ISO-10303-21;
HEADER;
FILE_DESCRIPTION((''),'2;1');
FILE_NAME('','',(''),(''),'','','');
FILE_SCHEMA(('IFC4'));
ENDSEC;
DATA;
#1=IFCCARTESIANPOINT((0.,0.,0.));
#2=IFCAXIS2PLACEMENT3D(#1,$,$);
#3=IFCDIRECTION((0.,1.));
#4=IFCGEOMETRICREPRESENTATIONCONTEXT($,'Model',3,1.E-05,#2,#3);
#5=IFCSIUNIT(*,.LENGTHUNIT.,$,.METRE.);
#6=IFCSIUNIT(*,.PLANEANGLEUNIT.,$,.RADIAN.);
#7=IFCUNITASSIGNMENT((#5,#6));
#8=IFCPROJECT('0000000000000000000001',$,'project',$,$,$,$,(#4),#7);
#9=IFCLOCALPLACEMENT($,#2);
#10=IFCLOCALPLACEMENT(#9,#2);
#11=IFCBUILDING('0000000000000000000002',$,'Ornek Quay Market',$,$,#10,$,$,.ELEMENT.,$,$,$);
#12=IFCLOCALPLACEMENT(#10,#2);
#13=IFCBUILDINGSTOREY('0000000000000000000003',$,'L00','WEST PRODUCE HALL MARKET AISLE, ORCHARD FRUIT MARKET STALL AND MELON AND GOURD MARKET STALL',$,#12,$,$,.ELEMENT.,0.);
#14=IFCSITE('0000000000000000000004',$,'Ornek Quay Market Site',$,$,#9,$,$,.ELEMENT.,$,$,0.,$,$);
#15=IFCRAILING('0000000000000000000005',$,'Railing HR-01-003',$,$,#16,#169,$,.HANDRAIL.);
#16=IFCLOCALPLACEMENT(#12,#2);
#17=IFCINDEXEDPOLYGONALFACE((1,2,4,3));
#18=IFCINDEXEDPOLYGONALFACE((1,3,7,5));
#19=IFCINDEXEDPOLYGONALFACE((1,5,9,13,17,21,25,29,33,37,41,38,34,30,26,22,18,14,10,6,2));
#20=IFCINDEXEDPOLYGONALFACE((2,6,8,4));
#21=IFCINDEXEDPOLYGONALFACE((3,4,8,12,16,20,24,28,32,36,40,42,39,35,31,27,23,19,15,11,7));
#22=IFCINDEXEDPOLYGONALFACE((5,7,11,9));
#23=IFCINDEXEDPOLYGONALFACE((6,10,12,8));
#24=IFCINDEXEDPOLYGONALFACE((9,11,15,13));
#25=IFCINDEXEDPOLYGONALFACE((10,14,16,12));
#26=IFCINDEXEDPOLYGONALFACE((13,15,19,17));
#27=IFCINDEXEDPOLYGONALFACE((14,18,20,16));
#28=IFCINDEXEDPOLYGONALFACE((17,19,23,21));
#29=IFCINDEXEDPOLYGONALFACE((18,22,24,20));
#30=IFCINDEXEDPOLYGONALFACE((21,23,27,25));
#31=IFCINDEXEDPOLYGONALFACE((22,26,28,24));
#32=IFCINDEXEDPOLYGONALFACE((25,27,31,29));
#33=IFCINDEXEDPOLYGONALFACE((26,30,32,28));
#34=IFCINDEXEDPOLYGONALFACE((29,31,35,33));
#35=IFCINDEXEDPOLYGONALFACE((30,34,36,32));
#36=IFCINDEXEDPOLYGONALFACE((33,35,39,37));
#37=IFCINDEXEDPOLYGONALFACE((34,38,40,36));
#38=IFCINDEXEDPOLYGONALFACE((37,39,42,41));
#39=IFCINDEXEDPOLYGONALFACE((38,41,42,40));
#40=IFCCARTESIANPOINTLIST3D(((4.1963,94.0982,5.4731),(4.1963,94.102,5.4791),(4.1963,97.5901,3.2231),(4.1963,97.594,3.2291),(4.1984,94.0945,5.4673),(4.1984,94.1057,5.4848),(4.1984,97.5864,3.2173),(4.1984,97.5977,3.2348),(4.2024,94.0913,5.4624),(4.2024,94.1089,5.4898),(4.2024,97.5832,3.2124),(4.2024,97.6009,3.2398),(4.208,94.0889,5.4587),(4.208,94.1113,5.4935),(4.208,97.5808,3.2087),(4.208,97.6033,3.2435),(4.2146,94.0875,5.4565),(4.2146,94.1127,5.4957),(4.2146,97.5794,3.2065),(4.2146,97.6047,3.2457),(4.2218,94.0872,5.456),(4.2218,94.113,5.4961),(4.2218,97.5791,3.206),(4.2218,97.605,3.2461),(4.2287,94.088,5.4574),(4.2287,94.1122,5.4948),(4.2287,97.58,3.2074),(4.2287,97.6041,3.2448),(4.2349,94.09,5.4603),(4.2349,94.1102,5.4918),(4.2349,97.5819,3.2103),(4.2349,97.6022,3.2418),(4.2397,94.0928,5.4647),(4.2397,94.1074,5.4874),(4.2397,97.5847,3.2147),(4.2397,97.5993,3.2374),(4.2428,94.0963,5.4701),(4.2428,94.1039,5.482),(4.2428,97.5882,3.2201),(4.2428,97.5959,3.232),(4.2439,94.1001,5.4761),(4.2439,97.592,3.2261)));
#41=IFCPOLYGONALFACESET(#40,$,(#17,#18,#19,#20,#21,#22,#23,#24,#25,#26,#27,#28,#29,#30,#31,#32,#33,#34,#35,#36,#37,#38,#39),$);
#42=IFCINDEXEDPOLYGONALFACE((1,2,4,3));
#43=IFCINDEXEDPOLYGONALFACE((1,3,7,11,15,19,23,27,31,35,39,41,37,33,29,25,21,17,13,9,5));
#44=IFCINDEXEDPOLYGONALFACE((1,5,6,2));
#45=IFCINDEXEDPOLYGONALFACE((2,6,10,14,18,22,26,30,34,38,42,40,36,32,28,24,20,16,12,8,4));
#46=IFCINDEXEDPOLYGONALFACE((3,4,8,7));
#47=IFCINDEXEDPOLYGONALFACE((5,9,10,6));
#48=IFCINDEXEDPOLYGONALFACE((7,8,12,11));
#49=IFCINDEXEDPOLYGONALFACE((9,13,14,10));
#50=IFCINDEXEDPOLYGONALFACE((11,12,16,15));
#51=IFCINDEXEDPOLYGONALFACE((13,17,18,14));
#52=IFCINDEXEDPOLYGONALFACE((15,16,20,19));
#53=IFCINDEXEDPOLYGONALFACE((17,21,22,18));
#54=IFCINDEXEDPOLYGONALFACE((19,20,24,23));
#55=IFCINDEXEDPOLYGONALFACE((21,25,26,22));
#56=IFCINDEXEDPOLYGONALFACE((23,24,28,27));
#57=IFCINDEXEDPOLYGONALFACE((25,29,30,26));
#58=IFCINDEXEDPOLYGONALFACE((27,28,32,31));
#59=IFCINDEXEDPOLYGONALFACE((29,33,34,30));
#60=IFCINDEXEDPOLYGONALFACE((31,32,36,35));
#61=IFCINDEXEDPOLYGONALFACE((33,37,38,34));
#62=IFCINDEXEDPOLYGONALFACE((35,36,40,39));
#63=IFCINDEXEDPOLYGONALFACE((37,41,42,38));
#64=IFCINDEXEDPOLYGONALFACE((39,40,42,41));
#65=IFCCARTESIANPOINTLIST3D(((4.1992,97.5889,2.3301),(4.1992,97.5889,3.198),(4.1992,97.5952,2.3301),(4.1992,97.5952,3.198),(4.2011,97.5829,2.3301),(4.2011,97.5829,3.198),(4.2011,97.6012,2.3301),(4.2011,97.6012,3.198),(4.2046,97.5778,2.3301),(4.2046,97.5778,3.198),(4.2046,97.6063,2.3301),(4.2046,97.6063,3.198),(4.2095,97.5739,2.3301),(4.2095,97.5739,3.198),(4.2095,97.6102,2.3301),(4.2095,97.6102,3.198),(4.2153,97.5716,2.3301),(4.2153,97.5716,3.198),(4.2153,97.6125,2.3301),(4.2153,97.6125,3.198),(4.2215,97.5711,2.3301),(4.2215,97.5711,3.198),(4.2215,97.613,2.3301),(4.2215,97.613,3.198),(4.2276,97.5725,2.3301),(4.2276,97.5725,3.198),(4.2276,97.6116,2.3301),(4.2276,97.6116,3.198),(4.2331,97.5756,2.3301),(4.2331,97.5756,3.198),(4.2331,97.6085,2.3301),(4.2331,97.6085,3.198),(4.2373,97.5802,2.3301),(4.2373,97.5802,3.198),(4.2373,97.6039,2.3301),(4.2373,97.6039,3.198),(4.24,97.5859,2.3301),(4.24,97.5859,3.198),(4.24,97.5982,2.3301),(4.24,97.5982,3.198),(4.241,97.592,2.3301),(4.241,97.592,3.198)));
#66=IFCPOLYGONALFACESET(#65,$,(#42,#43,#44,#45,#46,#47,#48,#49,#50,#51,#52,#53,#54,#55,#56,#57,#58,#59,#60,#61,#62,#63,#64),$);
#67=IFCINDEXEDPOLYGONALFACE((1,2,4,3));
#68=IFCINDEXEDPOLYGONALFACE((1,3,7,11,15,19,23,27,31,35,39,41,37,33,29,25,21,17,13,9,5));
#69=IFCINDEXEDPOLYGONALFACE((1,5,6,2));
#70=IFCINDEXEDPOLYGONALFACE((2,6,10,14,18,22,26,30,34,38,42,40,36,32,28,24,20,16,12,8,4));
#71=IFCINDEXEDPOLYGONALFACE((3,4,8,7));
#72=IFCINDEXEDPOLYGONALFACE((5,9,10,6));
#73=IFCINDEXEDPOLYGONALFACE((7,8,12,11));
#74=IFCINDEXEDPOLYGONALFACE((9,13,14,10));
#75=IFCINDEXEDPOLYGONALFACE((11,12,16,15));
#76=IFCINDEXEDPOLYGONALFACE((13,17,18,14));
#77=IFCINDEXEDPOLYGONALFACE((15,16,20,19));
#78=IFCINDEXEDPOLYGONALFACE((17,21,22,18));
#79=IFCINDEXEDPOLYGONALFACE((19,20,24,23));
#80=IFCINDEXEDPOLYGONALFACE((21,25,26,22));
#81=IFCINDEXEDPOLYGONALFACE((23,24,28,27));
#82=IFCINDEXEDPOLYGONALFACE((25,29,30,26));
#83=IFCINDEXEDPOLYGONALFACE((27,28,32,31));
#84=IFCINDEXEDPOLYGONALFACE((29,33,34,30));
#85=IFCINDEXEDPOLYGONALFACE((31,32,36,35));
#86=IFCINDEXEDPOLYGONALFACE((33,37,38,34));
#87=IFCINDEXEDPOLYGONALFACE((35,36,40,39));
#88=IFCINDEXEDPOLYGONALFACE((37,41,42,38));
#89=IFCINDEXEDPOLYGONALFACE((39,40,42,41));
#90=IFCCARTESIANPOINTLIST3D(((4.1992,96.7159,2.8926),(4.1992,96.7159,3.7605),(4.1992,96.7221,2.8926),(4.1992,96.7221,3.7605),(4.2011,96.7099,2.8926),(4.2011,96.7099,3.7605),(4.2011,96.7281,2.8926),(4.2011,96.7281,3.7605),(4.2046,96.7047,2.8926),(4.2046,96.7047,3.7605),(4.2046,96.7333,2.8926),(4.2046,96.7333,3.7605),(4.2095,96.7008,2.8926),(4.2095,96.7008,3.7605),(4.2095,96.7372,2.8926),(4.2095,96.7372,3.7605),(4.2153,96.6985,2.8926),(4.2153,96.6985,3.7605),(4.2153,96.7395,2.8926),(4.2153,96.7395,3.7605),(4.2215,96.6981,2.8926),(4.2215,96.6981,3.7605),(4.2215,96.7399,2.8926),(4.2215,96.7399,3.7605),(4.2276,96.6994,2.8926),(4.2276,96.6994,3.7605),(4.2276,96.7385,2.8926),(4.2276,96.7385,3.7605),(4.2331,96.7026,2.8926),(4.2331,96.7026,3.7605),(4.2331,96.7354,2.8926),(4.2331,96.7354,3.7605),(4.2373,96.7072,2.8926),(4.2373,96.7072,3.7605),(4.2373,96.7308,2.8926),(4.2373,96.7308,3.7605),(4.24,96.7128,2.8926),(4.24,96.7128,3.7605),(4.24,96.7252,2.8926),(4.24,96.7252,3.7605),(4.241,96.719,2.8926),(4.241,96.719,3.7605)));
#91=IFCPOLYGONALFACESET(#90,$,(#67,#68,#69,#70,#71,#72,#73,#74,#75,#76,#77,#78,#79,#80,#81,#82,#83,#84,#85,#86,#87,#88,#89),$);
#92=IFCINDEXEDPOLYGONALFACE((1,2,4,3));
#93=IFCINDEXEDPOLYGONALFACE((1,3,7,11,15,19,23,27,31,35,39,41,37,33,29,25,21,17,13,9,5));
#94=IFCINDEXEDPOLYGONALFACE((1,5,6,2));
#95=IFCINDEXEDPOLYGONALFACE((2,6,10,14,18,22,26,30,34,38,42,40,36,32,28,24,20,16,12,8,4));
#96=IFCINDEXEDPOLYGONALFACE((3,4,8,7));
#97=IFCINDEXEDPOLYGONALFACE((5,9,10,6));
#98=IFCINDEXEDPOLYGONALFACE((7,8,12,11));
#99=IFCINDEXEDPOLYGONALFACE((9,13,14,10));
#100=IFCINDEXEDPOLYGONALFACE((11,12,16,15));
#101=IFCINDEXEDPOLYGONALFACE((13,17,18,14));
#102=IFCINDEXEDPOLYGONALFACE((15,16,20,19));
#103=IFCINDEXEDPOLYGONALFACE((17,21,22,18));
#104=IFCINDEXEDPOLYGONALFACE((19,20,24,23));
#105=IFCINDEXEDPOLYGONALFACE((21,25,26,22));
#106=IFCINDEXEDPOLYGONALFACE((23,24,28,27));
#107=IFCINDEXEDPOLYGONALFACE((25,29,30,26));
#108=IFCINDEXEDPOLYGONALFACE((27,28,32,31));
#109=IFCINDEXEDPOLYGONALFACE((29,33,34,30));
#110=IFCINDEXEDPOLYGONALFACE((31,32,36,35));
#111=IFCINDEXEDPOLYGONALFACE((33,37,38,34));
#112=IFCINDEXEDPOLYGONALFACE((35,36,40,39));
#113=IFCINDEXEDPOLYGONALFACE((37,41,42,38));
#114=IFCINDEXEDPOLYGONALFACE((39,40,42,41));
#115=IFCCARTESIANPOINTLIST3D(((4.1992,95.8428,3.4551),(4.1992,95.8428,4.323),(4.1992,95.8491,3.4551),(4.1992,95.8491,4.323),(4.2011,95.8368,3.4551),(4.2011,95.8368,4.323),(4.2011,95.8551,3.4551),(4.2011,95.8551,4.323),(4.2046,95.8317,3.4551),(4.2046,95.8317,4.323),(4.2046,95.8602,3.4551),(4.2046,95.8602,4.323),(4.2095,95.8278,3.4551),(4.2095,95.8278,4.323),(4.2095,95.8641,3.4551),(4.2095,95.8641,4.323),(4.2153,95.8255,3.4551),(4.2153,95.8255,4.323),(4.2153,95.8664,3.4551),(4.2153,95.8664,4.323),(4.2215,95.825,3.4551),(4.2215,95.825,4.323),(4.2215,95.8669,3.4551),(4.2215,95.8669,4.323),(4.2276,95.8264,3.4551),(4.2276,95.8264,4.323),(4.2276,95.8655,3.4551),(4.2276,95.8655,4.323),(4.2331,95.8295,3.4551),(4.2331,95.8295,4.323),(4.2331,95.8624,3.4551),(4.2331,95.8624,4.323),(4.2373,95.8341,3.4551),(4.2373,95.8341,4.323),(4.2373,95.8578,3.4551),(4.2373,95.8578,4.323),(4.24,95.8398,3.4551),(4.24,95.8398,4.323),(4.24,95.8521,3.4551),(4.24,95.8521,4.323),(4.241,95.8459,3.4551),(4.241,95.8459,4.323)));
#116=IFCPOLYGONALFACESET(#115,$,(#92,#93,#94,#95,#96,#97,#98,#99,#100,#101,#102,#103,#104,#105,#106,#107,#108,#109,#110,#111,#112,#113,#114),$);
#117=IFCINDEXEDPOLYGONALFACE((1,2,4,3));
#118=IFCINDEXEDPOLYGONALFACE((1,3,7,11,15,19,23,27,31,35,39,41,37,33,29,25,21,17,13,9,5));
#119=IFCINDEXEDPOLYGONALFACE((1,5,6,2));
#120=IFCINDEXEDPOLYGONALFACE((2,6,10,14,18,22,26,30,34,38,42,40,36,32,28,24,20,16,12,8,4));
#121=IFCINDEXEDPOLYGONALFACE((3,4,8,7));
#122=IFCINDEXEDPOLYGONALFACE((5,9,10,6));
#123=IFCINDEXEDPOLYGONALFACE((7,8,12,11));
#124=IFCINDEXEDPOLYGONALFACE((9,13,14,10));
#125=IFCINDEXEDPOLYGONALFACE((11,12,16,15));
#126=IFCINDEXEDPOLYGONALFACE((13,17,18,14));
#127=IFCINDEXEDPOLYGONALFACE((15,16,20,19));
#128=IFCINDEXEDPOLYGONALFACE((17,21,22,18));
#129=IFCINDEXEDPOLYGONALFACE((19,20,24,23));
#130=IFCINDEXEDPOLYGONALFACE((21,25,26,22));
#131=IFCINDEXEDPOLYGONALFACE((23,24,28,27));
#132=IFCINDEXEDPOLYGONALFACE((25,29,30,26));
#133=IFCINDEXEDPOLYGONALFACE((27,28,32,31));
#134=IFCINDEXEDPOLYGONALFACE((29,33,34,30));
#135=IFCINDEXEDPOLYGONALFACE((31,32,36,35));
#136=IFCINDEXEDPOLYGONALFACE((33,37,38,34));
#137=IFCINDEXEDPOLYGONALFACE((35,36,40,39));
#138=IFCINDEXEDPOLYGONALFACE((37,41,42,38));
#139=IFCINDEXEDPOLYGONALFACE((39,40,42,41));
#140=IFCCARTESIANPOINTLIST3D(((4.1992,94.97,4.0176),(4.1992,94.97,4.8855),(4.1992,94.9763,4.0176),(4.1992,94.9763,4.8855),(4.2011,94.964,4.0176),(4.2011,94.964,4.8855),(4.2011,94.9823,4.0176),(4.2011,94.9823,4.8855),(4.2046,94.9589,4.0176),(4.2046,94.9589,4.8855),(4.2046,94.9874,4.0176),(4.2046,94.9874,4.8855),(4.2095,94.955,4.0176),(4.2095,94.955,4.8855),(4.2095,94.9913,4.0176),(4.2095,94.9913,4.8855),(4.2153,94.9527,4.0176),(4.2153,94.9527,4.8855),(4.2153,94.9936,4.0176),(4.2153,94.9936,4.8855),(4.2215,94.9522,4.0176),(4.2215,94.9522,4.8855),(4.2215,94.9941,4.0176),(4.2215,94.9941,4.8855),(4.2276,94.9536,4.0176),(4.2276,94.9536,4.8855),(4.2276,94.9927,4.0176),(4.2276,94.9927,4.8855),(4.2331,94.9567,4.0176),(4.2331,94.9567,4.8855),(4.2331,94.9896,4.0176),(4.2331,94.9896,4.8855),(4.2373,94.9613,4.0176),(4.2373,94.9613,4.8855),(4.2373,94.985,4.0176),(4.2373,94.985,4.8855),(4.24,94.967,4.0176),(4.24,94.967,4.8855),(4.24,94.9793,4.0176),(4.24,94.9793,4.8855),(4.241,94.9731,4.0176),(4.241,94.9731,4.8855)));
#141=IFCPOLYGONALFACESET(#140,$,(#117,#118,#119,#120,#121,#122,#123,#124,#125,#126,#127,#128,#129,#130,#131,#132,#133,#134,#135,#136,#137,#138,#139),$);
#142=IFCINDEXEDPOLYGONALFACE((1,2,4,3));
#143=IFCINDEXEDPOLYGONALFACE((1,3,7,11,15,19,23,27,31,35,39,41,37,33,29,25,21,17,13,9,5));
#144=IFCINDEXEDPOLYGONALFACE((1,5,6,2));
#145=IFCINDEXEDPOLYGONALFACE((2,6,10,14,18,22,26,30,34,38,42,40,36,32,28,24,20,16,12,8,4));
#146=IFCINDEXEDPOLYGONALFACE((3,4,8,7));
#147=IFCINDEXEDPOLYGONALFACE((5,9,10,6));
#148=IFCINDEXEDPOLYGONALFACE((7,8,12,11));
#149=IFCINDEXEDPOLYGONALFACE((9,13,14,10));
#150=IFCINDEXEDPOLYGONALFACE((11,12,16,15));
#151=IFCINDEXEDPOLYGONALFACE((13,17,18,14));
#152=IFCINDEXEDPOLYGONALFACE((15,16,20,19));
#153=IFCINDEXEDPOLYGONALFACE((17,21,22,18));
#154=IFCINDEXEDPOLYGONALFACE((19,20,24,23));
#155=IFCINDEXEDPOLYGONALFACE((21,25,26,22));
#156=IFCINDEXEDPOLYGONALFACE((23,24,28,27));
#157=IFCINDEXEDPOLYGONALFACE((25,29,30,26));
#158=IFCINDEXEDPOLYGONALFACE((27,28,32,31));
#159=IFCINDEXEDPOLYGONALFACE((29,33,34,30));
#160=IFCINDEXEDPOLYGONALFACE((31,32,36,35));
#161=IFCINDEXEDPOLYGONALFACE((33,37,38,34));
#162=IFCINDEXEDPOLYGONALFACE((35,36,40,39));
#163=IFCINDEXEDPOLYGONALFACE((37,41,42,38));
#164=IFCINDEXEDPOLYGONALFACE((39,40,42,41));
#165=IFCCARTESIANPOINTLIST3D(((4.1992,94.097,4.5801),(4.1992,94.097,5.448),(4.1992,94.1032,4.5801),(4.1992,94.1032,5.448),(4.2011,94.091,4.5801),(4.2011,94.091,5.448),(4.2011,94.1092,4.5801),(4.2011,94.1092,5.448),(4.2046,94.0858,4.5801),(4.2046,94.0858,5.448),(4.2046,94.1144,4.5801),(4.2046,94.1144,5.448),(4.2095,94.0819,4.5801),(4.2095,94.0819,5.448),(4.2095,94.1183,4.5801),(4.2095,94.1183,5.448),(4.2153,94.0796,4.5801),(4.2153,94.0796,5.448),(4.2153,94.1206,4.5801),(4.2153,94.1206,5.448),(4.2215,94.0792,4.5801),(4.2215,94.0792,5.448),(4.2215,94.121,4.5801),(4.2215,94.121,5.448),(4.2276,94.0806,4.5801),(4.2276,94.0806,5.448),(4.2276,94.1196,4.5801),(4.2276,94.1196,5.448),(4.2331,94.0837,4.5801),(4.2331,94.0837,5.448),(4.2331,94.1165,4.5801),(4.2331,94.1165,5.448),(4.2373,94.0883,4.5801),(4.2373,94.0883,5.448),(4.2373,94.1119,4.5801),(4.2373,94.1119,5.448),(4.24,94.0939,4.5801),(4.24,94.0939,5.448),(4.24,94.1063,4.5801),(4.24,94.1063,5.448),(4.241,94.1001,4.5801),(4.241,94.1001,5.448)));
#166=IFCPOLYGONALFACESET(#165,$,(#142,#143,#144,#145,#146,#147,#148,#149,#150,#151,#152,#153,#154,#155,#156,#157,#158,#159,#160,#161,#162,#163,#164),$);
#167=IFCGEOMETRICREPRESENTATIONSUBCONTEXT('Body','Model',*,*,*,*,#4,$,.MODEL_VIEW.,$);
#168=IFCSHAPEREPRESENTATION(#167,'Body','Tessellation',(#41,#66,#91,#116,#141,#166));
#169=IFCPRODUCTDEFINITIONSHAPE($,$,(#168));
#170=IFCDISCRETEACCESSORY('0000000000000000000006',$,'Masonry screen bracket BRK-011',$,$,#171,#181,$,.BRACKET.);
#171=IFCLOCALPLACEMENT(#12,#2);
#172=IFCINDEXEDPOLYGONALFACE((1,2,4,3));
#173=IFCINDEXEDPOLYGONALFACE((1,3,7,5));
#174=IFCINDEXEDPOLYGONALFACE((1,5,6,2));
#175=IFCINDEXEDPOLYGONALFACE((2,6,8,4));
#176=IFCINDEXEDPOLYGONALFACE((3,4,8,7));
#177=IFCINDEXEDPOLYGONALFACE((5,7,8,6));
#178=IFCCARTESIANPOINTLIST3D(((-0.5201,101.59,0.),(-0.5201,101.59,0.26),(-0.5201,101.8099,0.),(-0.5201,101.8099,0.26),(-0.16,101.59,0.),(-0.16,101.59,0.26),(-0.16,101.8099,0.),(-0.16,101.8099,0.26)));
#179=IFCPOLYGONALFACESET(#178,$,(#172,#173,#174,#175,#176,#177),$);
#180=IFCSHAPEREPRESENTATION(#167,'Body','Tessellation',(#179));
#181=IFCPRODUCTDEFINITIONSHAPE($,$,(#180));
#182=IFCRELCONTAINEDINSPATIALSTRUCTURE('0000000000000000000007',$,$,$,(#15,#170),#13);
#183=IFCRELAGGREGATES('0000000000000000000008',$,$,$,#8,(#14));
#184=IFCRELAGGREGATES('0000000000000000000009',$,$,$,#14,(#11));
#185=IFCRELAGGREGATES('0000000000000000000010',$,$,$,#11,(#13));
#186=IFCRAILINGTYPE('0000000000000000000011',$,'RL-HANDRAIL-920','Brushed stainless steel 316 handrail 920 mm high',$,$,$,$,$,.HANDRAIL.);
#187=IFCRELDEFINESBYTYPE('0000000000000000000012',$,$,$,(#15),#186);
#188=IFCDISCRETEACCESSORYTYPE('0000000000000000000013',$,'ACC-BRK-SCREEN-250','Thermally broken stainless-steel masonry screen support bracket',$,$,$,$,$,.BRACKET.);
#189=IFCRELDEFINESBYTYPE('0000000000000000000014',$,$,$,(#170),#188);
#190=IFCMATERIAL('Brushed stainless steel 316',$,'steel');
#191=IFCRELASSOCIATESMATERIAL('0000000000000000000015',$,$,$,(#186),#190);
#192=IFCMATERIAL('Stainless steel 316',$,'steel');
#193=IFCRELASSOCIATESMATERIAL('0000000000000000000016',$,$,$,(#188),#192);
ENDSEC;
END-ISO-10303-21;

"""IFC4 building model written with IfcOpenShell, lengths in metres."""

from ifc_helpers import new_model, si_unit, direction, frame, origin, origin_2d, place, context, subcontext, project, spatial, rectangle, circle, extrude, material, type_object, element, save


model = new_model("IFC4")

# Units and contexts
model_context = context("Model", 3, precision=1e-05, world=origin(), true_north=direction((0.0, 1.0)))
body_context = subcontext(model_context, "Body", "Model", "MODEL_VIEW")
ifc_project = project(units=[si_unit("LENGTHUNIT", "METRE"), si_unit("PLANEANGLEUNIT", "RADIAN")], contexts=[model_context])

# Site, building, storey
site_placement = place(None, origin())
site = spatial("IfcSite", under=ifc_project, at=site_placement, Name="Ornek Quay Market Site", CompositionType="ELEMENT", RefElevation=0.0)
building_placement = place(site_placement, origin())
building = spatial("IfcBuilding", under=site, at=building_placement, Name="Ornek Quay Market", CompositionType="ELEMENT")
storey_placement = place(building_placement, origin())
storey = spatial("IfcBuildingStorey", under=building, at=storey_placement, Name="L00", Description="WEST PRODUCE HALL MARKET AISLE, ORCHARD FRUIT MARKET STALL AND MELON AND GOURD MARKET STALL", CompositionType="ELEMENT", Elevation=0.0)

# Railing
ifc_material_1 = material(Name="Brushed stainless steel 316", Category="steel")
railing_type_1 = type_object("IfcRailingType", Name="RL-HANDRAIL-920", Description="Brushed stainless steel 316 handrail 920 mm high", PredefinedType="HANDRAIL", material=ifc_material_1)
railing_1_placement = place(storey_placement, frame((4.22, 97.592, 2.3301)))
element("IfcRailing", 1, at=railing_1_placement, inside=storey, type_object=railing_type_1, Name="Railing HR-01-003", PredefinedType="HANDRAIL", context=body_context, shape_type="SweptSolid", body=[
    extrude(circle(Radius=0.0239, at=origin_2d()), frame((0.0, 0.0, 0.896), z_axis=(0.0, -0.840611, 0.54164), x_axis=(1.0, 0.0, 0.0)), (0.0, 0.0, 1.0), 4.1541),
    extrude(circle(Radius=0.021, at=origin_2d()), origin(), (0.0, 0.0, 1.0), 0.8679),
    extrude(circle(Radius=0.021, at=origin_2d()), frame((0.0, -0.873, 0.5625)), (0.0, 0.0, 1.0), 0.8679),
    extrude(circle(Radius=0.021, at=origin_2d()), frame((0.0, -1.7461, 1.125)), (0.0, 0.0, 1.0), 0.8679),
    extrude(circle(Radius=0.021, at=origin_2d()), frame((0.0, -2.6189, 1.6875)), (0.0, 0.0, 1.0), 0.8679),
    extrude(circle(Radius=0.021, at=origin_2d()), frame((0.0, -3.4919, 2.25)), (0.0, 0.0, 1.0), 0.8679),
])

# Discrete accessory
ifc_material_2 = material(Name="Stainless steel 316", Category="steel")
discrete_accessory_type = type_object("IfcDiscreteAccessoryType", Name="ACC-BRK-SCREEN-250", Description="Thermally broken stainless-steel masonry screen support bracket", PredefinedType="BRACKET", material=ifc_material_2)
discrete_accessory_placement = place(storey_placement, frame((-0.3401, 101.7, 0.0), z_axis=(0.0, 0.0, 1.0), x_axis=(0.0, 1.0, 0.0)))
element("IfcDiscreteAccessory", 2, at=discrete_accessory_placement, inside=storey, type_object=discrete_accessory_type, Name="Masonry screen bracket BRK-011", PredefinedType="BRACKET", context=body_context, shape_type="SweptSolid", body=[
    extrude(rectangle(XDim=0.22, YDim=0.3601, at=origin_2d()), origin(), (0.0, 0.0, 1.0), 0.26),
])

save(model, "model.ifc")
